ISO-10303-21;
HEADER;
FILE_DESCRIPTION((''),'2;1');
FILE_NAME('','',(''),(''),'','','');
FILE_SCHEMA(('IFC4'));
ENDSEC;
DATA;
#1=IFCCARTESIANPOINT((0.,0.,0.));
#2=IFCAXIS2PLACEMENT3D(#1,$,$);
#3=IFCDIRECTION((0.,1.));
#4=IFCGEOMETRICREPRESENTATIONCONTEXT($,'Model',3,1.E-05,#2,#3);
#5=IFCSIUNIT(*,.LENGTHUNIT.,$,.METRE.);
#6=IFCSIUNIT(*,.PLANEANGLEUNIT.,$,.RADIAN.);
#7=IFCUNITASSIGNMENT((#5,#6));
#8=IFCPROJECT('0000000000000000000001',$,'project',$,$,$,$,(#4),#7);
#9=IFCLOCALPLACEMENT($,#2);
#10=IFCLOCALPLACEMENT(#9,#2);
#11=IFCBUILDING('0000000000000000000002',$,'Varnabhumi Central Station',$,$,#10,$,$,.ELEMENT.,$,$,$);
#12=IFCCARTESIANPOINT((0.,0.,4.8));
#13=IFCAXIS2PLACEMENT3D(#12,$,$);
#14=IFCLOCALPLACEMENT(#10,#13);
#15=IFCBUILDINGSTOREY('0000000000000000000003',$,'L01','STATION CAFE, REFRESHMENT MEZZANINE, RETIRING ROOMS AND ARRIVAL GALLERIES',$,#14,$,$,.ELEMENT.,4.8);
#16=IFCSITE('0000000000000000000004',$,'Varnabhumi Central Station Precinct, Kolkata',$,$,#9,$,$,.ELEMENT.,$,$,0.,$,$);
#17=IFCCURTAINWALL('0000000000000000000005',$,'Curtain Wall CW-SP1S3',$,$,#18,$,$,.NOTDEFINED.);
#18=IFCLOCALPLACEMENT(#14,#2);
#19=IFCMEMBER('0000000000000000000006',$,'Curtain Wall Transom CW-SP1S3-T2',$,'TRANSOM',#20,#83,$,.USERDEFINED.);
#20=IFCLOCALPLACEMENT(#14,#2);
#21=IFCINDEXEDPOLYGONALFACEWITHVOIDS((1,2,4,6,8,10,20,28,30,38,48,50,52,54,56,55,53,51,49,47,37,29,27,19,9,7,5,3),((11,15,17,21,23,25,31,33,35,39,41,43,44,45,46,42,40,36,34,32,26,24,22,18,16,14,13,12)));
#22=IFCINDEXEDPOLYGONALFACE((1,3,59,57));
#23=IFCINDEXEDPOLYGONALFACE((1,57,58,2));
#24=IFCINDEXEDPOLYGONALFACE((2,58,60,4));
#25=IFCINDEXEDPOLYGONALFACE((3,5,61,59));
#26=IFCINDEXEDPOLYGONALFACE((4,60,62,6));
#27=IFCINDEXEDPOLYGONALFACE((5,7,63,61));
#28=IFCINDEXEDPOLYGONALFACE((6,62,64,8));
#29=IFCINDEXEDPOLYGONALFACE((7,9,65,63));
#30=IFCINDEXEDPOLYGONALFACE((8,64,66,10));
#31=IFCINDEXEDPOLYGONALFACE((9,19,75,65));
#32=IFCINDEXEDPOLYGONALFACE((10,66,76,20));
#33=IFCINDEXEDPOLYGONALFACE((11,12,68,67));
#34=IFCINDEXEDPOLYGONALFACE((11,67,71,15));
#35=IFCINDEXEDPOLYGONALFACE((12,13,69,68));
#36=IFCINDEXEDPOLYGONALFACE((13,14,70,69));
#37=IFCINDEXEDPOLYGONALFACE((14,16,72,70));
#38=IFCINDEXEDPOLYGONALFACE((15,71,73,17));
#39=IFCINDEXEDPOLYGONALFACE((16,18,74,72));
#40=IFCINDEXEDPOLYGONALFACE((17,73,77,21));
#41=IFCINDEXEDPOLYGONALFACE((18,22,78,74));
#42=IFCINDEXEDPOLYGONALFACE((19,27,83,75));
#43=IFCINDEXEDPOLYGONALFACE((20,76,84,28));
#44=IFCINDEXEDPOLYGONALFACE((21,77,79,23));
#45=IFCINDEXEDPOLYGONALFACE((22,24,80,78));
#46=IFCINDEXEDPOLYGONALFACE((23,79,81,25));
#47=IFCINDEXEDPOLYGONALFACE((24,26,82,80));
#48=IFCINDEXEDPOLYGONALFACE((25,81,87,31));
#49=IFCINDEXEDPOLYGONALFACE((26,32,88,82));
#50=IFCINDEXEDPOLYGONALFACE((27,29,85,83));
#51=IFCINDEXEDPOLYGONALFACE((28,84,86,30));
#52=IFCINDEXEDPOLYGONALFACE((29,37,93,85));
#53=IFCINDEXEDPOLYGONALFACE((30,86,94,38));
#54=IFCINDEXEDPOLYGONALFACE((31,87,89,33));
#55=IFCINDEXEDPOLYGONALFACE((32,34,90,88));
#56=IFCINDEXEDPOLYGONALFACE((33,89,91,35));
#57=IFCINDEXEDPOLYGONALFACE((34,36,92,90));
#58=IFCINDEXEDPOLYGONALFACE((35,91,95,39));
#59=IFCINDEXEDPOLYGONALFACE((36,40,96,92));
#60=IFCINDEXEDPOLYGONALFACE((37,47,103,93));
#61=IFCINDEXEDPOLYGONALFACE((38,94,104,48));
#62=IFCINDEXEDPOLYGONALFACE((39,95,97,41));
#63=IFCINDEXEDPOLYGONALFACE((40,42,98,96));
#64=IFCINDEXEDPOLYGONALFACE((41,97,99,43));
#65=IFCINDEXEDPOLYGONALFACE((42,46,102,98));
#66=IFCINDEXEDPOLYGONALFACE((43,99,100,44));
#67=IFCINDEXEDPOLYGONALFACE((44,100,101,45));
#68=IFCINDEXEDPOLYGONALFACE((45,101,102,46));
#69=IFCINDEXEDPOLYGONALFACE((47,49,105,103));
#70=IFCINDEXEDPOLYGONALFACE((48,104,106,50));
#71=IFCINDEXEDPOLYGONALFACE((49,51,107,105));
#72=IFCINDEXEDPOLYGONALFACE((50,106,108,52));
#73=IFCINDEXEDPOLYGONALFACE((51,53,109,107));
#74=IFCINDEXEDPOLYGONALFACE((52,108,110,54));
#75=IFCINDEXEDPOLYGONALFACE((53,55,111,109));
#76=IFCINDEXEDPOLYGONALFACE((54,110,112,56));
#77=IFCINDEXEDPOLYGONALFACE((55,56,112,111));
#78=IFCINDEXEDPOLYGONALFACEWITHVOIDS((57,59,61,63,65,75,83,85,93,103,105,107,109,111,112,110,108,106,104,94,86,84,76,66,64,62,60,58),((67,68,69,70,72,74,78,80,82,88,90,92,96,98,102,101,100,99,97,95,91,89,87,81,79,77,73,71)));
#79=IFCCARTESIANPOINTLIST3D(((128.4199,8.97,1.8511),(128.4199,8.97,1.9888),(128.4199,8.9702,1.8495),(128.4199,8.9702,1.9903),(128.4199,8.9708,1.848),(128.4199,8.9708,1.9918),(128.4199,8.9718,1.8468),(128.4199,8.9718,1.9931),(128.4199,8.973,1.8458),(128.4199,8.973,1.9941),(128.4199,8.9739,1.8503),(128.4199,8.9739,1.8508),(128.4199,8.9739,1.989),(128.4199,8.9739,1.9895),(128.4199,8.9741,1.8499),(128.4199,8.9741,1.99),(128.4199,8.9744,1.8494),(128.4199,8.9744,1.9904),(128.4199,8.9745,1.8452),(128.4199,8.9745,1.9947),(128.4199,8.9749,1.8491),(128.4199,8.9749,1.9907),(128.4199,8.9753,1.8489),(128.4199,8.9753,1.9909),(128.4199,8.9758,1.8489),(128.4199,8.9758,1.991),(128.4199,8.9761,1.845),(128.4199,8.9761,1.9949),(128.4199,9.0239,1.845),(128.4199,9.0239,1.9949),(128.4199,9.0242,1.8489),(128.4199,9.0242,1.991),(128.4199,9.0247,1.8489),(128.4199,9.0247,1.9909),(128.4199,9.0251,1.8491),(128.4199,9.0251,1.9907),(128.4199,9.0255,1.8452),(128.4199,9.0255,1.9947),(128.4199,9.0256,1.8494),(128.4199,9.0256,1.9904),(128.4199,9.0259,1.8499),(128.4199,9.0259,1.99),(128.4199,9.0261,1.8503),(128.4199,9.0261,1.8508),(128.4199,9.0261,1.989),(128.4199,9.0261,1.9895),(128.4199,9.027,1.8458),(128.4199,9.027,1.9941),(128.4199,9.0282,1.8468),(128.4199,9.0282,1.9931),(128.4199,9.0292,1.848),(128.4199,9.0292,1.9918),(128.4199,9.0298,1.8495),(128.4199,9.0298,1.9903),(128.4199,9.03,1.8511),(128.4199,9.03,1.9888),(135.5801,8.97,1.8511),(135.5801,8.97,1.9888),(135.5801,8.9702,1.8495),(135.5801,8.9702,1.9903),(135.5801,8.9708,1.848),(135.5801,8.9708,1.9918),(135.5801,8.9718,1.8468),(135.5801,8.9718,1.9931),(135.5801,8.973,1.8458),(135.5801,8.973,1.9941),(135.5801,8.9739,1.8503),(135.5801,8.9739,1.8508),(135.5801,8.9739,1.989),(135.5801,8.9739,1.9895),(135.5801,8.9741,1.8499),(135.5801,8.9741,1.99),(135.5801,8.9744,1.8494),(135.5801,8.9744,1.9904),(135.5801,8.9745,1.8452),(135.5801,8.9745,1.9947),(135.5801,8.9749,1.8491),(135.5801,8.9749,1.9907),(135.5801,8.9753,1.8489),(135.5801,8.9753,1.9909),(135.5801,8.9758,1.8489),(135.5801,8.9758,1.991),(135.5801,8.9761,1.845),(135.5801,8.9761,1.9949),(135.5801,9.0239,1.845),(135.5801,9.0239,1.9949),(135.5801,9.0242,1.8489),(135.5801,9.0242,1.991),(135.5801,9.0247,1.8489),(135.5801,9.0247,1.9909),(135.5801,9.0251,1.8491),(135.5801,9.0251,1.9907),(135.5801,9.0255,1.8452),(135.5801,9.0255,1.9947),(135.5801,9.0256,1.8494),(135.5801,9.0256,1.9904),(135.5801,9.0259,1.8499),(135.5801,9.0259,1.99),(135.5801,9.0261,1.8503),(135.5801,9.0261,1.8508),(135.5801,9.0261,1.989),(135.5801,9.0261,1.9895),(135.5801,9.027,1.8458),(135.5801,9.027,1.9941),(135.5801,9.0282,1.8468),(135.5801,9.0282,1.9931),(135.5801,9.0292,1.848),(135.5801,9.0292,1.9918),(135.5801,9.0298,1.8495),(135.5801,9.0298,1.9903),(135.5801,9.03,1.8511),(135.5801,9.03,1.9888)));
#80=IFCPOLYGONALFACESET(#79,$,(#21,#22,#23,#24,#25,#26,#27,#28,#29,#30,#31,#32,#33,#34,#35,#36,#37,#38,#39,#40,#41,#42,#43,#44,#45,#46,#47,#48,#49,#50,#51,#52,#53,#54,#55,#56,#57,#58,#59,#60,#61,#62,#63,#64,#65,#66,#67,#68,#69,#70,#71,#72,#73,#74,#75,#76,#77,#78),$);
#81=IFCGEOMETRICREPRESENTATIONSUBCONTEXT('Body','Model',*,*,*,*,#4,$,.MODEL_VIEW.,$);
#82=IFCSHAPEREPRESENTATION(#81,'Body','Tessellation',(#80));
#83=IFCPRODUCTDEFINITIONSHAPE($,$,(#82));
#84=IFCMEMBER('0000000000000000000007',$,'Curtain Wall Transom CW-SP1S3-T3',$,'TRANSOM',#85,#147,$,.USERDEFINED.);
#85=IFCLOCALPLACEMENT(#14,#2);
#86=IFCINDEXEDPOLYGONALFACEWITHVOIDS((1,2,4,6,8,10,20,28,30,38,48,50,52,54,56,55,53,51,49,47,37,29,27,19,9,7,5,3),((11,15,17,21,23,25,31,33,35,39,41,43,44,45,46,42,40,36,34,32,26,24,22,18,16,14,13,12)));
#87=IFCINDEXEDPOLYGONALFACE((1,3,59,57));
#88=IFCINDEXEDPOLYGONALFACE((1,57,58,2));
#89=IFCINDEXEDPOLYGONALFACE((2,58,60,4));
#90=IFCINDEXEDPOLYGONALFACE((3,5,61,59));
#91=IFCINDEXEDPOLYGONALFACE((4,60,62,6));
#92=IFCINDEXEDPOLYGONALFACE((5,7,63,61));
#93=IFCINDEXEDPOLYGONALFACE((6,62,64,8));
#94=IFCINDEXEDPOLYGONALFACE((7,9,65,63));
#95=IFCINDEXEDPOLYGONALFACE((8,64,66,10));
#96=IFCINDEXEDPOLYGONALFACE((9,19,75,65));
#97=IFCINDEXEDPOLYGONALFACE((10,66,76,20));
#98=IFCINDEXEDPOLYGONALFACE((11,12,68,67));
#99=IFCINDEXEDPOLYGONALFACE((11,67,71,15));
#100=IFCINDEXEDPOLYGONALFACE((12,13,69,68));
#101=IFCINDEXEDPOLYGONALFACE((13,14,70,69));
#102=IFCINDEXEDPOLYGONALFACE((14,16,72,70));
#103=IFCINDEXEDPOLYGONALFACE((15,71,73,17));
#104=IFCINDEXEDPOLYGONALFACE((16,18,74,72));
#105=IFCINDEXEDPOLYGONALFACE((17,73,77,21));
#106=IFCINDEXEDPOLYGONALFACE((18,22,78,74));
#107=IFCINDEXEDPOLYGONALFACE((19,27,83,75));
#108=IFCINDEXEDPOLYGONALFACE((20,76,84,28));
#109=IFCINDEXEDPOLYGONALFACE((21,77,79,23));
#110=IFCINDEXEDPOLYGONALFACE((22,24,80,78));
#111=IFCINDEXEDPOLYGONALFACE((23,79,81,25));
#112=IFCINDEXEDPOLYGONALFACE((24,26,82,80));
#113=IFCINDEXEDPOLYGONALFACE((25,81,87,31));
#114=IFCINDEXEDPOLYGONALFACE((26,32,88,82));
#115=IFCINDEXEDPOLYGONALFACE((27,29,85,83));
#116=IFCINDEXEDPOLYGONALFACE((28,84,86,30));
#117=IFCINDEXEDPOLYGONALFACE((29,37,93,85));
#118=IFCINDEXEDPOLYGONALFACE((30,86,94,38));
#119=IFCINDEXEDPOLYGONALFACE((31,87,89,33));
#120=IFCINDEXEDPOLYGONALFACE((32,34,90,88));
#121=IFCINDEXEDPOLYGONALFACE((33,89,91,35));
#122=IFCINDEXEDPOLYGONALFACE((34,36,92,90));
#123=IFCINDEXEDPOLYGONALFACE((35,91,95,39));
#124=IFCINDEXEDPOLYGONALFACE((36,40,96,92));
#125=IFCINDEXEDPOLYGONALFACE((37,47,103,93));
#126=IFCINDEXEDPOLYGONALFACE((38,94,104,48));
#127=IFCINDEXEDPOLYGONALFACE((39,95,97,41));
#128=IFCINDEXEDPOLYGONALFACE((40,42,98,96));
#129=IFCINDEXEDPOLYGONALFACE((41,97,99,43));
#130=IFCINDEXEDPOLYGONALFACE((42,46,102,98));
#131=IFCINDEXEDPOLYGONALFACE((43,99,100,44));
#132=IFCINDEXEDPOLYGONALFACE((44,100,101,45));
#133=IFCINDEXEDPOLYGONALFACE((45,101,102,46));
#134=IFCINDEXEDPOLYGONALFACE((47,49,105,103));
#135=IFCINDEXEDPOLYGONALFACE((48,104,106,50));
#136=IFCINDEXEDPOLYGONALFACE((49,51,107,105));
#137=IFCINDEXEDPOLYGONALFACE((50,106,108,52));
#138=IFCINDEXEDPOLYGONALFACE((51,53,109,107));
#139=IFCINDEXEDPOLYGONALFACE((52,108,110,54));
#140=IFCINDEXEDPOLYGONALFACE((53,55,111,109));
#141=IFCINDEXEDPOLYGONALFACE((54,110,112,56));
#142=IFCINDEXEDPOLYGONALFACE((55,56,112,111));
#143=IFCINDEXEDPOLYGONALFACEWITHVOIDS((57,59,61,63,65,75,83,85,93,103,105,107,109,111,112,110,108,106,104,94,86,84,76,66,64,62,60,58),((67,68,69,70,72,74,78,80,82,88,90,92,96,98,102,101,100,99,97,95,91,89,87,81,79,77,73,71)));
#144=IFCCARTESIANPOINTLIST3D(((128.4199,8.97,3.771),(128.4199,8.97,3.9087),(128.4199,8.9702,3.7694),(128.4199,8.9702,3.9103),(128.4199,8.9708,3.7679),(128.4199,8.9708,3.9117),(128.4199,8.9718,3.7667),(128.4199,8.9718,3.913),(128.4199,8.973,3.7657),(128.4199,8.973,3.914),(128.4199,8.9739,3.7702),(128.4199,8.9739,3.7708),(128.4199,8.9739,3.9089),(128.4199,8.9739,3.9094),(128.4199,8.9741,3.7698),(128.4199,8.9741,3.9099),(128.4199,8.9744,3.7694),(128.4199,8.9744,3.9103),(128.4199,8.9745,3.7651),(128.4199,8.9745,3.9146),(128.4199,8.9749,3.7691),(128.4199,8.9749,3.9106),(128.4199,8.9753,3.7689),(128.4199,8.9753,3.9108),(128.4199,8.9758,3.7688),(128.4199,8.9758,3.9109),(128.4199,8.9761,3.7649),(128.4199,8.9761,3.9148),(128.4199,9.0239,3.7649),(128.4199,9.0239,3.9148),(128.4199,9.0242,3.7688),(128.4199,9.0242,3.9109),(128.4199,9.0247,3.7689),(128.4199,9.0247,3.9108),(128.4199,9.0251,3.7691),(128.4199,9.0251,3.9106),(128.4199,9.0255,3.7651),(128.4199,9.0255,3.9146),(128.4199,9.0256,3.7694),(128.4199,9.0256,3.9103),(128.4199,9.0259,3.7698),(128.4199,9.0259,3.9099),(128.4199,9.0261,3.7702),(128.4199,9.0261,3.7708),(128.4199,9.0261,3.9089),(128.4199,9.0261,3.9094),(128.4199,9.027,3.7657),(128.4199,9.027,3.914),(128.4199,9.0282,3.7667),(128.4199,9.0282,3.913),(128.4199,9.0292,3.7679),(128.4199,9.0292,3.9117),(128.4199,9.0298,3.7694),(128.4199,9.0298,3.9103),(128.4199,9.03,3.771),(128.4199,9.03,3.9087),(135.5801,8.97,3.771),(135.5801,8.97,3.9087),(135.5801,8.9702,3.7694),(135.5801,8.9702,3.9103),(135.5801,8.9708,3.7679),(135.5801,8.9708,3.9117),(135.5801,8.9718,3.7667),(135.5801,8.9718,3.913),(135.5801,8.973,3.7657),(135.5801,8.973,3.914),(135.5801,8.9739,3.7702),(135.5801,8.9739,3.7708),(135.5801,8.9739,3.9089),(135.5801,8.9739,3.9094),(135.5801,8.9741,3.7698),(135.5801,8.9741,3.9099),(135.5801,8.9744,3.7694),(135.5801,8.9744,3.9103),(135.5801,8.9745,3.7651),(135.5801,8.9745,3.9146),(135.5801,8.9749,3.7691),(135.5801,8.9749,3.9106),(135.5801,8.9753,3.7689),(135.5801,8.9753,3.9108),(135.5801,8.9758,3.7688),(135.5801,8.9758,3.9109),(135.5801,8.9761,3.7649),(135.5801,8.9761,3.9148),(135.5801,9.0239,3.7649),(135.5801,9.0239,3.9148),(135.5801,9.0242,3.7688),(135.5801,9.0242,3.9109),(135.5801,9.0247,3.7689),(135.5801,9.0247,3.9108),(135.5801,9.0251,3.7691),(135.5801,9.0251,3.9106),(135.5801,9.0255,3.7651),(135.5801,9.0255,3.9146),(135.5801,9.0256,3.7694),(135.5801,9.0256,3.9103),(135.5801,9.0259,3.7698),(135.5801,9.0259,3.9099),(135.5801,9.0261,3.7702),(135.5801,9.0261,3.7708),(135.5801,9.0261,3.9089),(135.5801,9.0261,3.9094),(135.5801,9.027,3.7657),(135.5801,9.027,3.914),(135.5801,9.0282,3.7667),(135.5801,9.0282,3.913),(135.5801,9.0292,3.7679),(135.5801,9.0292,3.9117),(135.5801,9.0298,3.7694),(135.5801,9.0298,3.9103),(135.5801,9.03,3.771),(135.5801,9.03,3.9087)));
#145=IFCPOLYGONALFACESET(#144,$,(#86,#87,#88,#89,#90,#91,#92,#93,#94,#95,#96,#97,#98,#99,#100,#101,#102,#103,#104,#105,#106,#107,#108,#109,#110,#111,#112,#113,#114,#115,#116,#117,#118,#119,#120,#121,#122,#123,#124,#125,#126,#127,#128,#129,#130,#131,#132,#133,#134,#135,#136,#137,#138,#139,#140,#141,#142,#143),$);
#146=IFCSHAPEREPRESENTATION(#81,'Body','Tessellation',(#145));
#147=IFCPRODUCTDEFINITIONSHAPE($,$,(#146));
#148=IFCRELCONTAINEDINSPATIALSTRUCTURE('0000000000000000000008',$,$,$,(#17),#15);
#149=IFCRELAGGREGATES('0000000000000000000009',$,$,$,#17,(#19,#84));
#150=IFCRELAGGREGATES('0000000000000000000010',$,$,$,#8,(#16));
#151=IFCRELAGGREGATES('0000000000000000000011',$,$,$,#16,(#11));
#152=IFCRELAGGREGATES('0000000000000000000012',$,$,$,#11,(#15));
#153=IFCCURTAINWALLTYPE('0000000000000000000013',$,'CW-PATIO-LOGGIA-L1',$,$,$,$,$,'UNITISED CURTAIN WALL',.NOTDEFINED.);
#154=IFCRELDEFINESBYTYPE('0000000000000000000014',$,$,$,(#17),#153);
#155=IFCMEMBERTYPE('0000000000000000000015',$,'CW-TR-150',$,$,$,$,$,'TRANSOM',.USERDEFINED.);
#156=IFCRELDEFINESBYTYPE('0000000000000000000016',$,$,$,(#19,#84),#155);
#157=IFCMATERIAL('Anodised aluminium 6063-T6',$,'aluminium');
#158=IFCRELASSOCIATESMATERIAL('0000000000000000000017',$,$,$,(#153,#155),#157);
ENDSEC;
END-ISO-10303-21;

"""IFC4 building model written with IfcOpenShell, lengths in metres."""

from ifc_helpers import new_model, si_unit, direction, frame, origin, origin_2d, place, context, subcontext, project, spatial, hollow_rectangle, extrude, material, material_profile, profile_set, type_object, element, aggregate, save


model = new_model("IFC4")

# Units and contexts
model_context = context("Model", 3, precision=1e-05, world=origin(), true_north=direction((0.0, 1.0)))
body_context = subcontext(model_context, "Body", "Model", "MODEL_VIEW")
ifc_project = project(units=[si_unit("LENGTHUNIT", "METRE"), si_unit("PLANEANGLEUNIT", "RADIAN")], contexts=[model_context])

# Site, building, storey
site_placement = place(None, origin())
site = spatial("IfcSite", under=ifc_project, at=site_placement, Name="Varnabhumi Central Station Precinct, Kolkata", CompositionType="ELEMENT", RefElevation=0.0)
building_placement = place(site_placement, origin())
building = spatial("IfcBuilding", under=site, at=building_placement, Name="Varnabhumi Central Station", CompositionType="ELEMENT")
storey_placement = place(building_placement, frame((0.0, 0.0, 4.8)))
storey = spatial("IfcBuildingStorey", under=building, at=storey_placement, Name="L01", Description="STATION CAFE, REFRESHMENT MEZZANINE, RETIRING ROOMS AND ARRIVAL GALLERIES", CompositionType="ELEMENT", Elevation=4.8)

# Curtain wall
ifc_material_1 = material(Name="Anodised aluminium 6063-T6", Category="aluminium")
curtain_wall_type = type_object("IfcCurtainWallType", Name="CW-PATIO-LOGGIA-L1", ElementType="UNITISED CURTAIN WALL", PredefinedType="NOTDEFINED", material=ifc_material_1)
curtain_wall_1_placement = place(storey_placement, origin())
curtain_wall_1 = element("IfcCurtainWall", 1, at=curtain_wall_1_placement, inside=storey, type_object=curtain_wall_type, Name="Curtain Wall CW-SP1S3", PredefinedType="NOTDEFINED")

# Members
ifc_material_profile_1 = material_profile(ifc_material_1, hollow_rectangle(XDim=0.0601, YDim=0.1499, WallThickness=0.0039, InnerFilletRadius=0.002, OuterFilletRadius=0.0061, at=origin_2d()), Name="Anodised aluminium 6063-T6", Category="aluminium")
ifc_profile_set_1 = profile_set([ifc_material_profile_1], Name="Anodised aluminium 6063-T6")
member_type_1 = type_object("IfcMemberType", Name="CW-TR-150", ElementType="TRANSOM", PredefinedType="USERDEFINED", material=ifc_profile_set_1)
member_1_placement = place(storey_placement, frame((128.4199, 9.0, 1.9199), z_axis=(1.0, 0.0, 0.0), x_axis=(0.0, 1.0, 0.0)))
member_1 = element("IfcMember", 2, at=member_1_placement, type_object=member_type_1, Name="Curtain Wall Transom CW-SP1S3-T2", ObjectType="TRANSOM", PredefinedType="USERDEFINED", context=body_context, shape_type="SweptSolid", body=[
    extrude(hollow_rectangle(XDim=0.0601, YDim=0.1499, WallThickness=0.0039, InnerFilletRadius=0.002, OuterFilletRadius=0.0061, at=origin_2d()), origin(), (0.0, 0.0, 1.0), 7.1602),
])
member_2_placement = place(storey_placement, frame((128.4199, 9.0, 3.8398), z_axis=(1.0, 0.0, 0.0), x_axis=(0.0, 1.0, 0.0)))
member_2 = element("IfcMember", 3, at=member_2_placement, type_object=member_type_1, Name="Curtain Wall Transom CW-SP1S3-T3", ObjectType="TRANSOM", PredefinedType="USERDEFINED", context=body_context, shape_type="SweptSolid", body=[
    extrude(hollow_rectangle(XDim=0.0601, YDim=0.1499, WallThickness=0.0039, InnerFilletRadius=0.002, OuterFilletRadius=0.0061, at=origin_2d()), origin(), (0.0, 0.0, 1.0), 7.1602),
])

aggregate(curtain_wall_1, [member_1, member_2])

save(model, "model.ifc")
